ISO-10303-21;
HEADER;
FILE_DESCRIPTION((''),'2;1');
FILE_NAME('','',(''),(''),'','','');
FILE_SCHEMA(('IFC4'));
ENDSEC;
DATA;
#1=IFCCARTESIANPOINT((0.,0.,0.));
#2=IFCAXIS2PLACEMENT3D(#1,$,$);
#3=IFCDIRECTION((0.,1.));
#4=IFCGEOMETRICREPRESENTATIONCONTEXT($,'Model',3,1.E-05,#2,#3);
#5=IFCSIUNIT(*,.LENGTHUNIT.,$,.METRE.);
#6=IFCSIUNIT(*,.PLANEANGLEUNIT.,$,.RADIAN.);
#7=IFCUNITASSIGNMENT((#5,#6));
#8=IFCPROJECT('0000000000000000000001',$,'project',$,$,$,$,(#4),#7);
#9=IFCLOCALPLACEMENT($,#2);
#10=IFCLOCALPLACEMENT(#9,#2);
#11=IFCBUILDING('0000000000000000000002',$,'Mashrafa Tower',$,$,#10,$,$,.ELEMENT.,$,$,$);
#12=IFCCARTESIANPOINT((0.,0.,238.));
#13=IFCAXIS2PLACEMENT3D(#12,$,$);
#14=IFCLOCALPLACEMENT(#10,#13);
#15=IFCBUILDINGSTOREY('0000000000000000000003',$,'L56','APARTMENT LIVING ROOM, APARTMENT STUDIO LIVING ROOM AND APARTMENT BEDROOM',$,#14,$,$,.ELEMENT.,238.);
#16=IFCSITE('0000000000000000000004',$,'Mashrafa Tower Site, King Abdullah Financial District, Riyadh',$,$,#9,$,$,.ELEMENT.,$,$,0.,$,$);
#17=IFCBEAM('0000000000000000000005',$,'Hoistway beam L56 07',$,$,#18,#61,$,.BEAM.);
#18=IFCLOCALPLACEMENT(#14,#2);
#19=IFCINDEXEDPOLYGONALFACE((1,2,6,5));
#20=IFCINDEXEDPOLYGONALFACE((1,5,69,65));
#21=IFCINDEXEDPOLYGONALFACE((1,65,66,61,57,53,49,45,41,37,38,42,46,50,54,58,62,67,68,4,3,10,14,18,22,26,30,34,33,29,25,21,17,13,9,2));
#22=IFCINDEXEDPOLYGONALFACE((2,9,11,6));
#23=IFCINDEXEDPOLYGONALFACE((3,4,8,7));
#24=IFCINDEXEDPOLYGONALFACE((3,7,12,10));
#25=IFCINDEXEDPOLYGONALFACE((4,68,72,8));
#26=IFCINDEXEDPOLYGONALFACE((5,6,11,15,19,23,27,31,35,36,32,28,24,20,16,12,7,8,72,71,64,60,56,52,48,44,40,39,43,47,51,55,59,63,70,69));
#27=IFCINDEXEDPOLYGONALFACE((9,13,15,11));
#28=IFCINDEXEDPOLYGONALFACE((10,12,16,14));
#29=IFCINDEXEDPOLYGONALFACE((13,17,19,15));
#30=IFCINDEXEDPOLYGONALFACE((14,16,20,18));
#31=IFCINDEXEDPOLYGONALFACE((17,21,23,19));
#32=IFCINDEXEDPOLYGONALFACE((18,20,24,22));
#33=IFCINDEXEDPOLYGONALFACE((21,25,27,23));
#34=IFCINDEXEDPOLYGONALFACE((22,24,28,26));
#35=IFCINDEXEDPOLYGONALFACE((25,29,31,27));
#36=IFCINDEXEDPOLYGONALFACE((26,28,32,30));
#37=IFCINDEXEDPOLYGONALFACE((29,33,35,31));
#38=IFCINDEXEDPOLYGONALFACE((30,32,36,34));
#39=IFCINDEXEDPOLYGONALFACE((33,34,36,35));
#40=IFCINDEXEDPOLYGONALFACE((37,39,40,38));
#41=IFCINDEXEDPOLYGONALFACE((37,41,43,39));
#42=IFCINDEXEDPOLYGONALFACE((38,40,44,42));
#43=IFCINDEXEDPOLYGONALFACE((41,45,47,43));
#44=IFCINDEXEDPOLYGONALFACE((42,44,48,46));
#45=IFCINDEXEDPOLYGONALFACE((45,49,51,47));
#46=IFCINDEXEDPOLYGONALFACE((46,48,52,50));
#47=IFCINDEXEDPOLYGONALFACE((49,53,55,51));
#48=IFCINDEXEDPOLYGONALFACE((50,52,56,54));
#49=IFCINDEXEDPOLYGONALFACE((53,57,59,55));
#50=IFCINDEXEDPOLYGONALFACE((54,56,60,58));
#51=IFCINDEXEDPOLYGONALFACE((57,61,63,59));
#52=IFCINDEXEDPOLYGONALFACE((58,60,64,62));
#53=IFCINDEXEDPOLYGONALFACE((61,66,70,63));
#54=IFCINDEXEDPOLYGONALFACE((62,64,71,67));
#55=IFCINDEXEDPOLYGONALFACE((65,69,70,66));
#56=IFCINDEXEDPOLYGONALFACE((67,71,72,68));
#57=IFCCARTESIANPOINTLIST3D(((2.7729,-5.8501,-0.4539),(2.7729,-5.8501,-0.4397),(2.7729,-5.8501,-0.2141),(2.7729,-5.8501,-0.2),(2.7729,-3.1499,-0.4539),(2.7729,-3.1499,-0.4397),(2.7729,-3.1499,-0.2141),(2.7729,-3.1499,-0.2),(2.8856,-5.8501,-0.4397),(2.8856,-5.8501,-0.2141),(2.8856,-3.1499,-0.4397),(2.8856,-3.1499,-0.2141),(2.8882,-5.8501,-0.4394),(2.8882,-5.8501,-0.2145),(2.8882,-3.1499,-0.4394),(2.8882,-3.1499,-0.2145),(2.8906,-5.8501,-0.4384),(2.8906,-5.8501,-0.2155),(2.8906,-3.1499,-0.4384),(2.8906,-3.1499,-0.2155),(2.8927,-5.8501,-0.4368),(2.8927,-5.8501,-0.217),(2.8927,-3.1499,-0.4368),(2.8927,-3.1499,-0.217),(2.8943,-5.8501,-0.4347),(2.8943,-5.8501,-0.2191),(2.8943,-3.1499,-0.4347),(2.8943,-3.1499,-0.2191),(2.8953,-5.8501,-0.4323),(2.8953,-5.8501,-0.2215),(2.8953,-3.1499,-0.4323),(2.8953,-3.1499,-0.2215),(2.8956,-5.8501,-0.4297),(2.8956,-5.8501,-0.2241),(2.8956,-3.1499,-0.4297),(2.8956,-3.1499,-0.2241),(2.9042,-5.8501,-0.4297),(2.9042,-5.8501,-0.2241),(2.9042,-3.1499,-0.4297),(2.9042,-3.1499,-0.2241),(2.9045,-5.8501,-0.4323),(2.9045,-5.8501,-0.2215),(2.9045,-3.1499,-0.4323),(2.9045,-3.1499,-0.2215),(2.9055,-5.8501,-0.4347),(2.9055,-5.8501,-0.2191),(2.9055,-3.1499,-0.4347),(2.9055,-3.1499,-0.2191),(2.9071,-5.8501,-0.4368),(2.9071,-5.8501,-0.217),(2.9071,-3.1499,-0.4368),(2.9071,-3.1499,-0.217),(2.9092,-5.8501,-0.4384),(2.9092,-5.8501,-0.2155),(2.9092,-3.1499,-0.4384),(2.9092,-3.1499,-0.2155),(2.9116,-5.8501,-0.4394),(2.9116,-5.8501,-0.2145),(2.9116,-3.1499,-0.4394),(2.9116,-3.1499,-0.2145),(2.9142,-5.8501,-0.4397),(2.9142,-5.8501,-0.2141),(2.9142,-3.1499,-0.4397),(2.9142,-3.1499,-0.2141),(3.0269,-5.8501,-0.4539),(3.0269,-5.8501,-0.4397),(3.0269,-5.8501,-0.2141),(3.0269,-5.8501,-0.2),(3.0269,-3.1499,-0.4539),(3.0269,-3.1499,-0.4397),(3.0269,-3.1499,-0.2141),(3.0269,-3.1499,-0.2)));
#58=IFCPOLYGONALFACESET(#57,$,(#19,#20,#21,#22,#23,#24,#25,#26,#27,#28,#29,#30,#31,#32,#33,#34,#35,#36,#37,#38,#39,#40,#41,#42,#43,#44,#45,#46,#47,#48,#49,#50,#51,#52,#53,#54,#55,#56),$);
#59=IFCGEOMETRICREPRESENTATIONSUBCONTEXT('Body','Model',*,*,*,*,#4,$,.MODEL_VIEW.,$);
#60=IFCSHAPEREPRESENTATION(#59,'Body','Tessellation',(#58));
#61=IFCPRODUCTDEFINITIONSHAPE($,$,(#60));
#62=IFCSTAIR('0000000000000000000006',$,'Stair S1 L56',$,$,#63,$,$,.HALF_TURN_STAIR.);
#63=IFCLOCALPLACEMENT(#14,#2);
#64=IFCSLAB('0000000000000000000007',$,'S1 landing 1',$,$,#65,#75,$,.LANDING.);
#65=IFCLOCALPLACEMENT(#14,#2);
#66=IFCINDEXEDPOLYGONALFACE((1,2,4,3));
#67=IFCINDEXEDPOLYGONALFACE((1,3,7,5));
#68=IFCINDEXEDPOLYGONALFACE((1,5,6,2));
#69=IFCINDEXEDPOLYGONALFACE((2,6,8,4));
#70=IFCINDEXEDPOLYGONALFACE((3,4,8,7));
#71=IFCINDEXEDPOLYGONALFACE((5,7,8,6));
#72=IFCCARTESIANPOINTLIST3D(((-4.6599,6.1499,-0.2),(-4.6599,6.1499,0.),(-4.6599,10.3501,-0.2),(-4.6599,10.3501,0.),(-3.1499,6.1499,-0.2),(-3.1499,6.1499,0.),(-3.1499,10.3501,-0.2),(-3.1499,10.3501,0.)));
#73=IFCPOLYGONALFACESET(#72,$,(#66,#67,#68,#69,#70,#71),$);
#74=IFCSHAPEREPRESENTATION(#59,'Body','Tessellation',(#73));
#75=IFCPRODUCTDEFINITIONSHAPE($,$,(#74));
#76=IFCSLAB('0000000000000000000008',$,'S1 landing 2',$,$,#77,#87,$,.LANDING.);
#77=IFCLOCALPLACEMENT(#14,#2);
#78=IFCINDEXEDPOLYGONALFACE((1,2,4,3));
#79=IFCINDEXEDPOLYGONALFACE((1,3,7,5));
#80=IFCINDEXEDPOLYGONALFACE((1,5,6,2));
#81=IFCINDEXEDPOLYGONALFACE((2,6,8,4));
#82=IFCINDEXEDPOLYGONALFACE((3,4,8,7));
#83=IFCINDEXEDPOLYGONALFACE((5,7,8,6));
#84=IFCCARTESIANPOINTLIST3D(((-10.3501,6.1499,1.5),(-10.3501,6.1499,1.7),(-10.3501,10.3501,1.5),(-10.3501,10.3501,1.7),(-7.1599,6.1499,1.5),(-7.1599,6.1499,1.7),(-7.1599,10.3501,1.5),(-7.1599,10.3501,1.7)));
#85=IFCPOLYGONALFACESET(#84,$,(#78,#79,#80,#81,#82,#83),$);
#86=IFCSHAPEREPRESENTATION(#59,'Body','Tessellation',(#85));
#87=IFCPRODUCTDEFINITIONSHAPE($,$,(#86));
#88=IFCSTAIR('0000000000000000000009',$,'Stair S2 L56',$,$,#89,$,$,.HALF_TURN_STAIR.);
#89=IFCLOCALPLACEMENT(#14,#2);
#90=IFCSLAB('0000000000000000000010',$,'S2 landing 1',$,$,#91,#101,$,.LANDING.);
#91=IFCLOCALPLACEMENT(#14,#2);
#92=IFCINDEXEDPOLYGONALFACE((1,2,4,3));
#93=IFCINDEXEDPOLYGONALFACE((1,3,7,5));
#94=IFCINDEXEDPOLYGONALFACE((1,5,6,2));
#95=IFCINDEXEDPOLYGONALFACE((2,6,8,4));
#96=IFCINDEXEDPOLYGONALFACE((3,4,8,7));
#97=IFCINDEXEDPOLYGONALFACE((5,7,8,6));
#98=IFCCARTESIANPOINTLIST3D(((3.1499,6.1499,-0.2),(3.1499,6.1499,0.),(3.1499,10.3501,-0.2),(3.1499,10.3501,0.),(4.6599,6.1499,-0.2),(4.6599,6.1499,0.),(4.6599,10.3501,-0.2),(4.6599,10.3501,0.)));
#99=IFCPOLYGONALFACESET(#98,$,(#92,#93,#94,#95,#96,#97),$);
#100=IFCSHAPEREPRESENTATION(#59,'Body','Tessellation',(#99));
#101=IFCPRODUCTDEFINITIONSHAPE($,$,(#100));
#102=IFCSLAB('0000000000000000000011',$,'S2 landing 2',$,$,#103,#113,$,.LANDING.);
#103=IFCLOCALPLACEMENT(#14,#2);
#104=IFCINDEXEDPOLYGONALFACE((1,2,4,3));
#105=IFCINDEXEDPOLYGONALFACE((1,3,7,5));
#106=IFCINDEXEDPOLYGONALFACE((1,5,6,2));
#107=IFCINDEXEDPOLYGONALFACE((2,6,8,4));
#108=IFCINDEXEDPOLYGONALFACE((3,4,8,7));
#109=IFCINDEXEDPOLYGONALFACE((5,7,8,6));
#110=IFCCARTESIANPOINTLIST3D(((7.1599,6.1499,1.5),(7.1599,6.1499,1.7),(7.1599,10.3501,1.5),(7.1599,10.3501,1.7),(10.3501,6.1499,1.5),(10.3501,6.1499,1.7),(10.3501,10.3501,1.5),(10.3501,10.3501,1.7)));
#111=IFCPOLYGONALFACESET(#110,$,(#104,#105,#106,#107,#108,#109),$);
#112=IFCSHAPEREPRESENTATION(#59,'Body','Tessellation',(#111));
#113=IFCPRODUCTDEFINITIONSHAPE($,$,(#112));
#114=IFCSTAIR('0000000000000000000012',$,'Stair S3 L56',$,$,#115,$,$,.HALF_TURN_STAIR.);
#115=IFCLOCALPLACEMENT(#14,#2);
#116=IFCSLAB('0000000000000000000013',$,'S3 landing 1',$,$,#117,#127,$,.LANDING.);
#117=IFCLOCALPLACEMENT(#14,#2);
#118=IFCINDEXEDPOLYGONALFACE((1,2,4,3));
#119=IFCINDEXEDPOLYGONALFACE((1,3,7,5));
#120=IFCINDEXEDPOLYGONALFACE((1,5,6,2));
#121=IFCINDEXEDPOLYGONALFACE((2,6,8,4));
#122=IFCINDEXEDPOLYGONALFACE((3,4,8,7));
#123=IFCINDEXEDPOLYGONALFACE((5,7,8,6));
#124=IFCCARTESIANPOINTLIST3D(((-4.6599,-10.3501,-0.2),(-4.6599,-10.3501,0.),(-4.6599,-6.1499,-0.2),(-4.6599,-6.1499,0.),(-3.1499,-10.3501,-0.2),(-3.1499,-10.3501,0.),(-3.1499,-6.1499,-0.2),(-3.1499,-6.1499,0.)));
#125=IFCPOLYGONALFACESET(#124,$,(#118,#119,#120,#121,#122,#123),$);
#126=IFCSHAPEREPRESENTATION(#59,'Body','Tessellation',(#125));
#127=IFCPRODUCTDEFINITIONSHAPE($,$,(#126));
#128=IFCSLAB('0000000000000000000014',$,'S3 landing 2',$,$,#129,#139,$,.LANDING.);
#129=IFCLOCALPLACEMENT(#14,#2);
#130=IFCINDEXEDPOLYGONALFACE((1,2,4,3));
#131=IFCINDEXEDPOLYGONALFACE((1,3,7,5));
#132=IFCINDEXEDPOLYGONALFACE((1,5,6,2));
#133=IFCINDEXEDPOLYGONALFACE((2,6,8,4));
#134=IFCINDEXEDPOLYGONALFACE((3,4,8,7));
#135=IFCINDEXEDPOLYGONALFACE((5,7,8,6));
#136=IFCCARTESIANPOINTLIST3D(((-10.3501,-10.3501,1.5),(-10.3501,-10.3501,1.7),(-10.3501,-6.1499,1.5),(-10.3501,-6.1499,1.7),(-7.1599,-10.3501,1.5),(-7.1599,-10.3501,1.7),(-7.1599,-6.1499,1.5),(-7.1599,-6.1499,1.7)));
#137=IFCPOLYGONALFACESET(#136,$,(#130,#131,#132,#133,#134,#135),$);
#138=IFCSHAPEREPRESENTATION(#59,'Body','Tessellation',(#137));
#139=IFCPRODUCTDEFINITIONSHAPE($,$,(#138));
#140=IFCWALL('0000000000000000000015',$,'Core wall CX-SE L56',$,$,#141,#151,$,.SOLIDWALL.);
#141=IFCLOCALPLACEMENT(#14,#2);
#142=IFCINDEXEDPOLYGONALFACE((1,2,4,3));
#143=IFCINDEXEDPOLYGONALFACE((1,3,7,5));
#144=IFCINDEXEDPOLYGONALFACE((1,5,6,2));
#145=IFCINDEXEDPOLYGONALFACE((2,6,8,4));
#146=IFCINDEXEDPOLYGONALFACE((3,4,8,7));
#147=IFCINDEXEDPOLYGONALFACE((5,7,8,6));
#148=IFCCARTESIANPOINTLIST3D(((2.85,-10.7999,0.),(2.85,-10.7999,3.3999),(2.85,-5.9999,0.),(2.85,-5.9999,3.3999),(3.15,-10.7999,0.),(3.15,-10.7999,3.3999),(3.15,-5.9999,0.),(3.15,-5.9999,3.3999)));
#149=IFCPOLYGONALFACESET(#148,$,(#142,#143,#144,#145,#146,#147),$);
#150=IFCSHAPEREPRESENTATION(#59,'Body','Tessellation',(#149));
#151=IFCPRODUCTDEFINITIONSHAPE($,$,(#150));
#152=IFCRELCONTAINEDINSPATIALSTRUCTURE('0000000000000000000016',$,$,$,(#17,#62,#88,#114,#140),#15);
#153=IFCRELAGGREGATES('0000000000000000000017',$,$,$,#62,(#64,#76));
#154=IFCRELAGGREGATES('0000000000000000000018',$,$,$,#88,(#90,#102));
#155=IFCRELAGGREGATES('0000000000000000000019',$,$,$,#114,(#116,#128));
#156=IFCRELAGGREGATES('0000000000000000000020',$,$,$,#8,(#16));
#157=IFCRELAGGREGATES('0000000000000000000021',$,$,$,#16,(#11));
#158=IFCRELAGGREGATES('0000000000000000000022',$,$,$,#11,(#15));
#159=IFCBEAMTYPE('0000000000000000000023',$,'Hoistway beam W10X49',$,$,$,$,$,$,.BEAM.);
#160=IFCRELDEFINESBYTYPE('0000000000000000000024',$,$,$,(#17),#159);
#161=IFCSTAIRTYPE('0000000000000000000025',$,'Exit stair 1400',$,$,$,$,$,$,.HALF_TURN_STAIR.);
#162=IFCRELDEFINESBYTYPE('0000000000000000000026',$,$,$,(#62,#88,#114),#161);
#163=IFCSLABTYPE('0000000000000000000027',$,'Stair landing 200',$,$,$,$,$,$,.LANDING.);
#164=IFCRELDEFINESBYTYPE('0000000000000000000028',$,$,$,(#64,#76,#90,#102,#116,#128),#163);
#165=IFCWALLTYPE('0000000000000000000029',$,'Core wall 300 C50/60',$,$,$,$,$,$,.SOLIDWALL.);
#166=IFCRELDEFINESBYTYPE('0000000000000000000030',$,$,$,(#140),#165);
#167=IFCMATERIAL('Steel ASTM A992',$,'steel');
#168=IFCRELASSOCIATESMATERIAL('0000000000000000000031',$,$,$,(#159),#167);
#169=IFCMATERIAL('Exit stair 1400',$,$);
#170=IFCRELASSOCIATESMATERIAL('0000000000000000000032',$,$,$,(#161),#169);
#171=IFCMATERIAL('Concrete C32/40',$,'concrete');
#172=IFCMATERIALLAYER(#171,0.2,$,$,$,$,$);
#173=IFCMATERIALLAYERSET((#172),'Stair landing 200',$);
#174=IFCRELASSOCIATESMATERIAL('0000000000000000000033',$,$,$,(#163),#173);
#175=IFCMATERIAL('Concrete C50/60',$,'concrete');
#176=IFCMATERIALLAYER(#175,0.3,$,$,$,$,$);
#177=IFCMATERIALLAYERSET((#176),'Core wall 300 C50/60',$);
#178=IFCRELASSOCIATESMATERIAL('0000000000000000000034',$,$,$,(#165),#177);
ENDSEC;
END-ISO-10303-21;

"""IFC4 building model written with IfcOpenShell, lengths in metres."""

from ifc_helpers import new_model, si_unit, direction, frame, frame_2d, origin, origin_2d, place, context, subcontext, project, spatial, polyline, rectangle, i_section, outline, extrude, material, layer, layer_set, material_profile, profile_set, type_object, element, aggregate, save


model = new_model("IFC4")

# Units and contexts
model_context = context("Model", 3, precision=1e-05, world=origin(), true_north=direction((0.0, 1.0)))
body_context = subcontext(model_context, "Body", "Model", "MODEL_VIEW")
ifc_project = project(units=[si_unit("LENGTHUNIT", "METRE"), si_unit("PLANEANGLEUNIT", "RADIAN")], contexts=[model_context])

# Site, building, storey
site_placement = place(None, origin())
site = spatial("IfcSite", under=ifc_project, at=site_placement, Name="Mashrafa Tower Site, King Abdullah Financial District, Riyadh", CompositionType="ELEMENT", RefElevation=0.0)
building_placement = place(site_placement, origin())
building = spatial("IfcBuilding", under=site, at=building_placement, Name="Mashrafa Tower", CompositionType="ELEMENT")
storey_placement = place(building_placement, frame((0.0, 0.0, 238.0)))
storey = spatial("IfcBuildingStorey", under=building, at=storey_placement, Name="L56", Description="APARTMENT LIVING ROOM, APARTMENT STUDIO LIVING ROOM AND APARTMENT BEDROOM", CompositionType="ELEMENT", Elevation=238.0)

# Beam
ifc_material_1 = material(Name="Steel ASTM A992", Category="steel")
ifc_material_profile = material_profile(ifc_material_1, i_section(OverallWidth=0.2539, OverallDepth=0.2539, WebThickness=0.0085, FlangeThickness=0.0142, FilletRadius=0.01, at=origin_2d()), Name="W10X49")
ifc_profile_set = profile_set([ifc_material_profile], Name="Steel ASTM A992")
beam_type = type_object("IfcBeamType", Name="Hoistway beam W10X49", PredefinedType="BEAM", material=ifc_profile_set)
beam_placement = place(storey_placement, frame((2.8999, -5.8501, -0.3269), z_axis=(0.0, 1.0, 0.0), x_axis=(-1.0, 0.0, 0.0)))
element("IfcBeam", 1, at=beam_placement, inside=storey, type_object=beam_type, Name="Hoistway beam L56 07", PredefinedType="BEAM", context=body_context, shape_type="SweptSolid", body=[
    extrude(i_section(OverallWidth=0.2539, OverallDepth=0.2539, WebThickness=0.0085, FlangeThickness=0.0142, FilletRadius=0.01, at=origin_2d()), origin(), (0.0, 0.0, 1.0), 2.7002),
])

# Stairs, slabs
ifc_material_2 = material(Name="Exit stair 1400")
stair_type = type_object("IfcStairType", Name="Exit stair 1400", PredefinedType="HALF_TURN_STAIR", material=ifc_material_2)
stair_1_placement = place(storey_placement, origin())
stair_1 = element("IfcStair", 2, at=stair_1_placement, inside=storey, type_object=stair_type, Name="Stair S1 L56", PredefinedType="HALF_TURN_STAIR")
ifc_material_3 = material(Name="Concrete C32/40", Category="concrete")
ifc_layer_1 = layer(ifc_material_3, 0.2)
ifc_layer_set_1 = layer_set([ifc_layer_1], Name="Stair landing 200")
slab_type = type_object("IfcSlabType", Name="Stair landing 200", PredefinedType="LANDING", material=ifc_layer_set_1)
slab_1_placement = place(storey_placement, frame((0.0, 0.0, -0.2)))
slab_1 = element("IfcSlab", 3, at=slab_1_placement, type_object=slab_type, Name="S1 landing 1", PredefinedType="LANDING", context=body_context, shape_type="SweptSolid", body=[
    extrude(outline(polyline([(-4.6599, 6.1499), (-3.1499, 6.1499), (-3.1499, 10.3501), (-4.6599, 10.3501), (-4.6599, 6.1499)])), origin(), (0.0, 0.0, 1.0), 0.2),
])
slab_2_placement = place(storey_placement, frame((0.0, 0.0, 1.5)))
slab_2 = element("IfcSlab", 4, at=slab_2_placement, type_object=slab_type, Name="S1 landing 2", PredefinedType="LANDING", context=body_context, shape_type="SweptSolid", body=[
    extrude(outline(polyline([(-10.3501, 6.1499), (-7.1599, 6.1499), (-7.1599, 10.3501), (-10.3501, 10.3501), (-10.3501, 6.1499)])), origin(), (0.0, 0.0, 1.0), 0.2),
])
aggregate(stair_1, [slab_1, slab_2])
stair_2_placement = place(storey_placement, origin())
stair_2 = element("IfcStair", 5, at=stair_2_placement, inside=storey, type_object=stair_type, Name="Stair S2 L56", PredefinedType="HALF_TURN_STAIR")
slab_3_placement = place(storey_placement, frame((0.0, 0.0, -0.2)))
slab_3 = element("IfcSlab", 6, at=slab_3_placement, type_object=slab_type, Name="S2 landing 1", PredefinedType="LANDING", context=body_context, shape_type="SweptSolid", body=[
    extrude(outline(polyline([(3.1499, 6.1499), (4.6599, 6.1499), (4.6599, 10.3501), (3.1499, 10.3501), (3.1499, 6.1499)])), origin(), (0.0, 0.0, 1.0), 0.2),
])
slab_4_placement = place(storey_placement, frame((0.0, 0.0, 1.5)))
slab_4 = element("IfcSlab", 7, at=slab_4_placement, type_object=slab_type, Name="S2 landing 2", PredefinedType="LANDING", context=body_context, shape_type="SweptSolid", body=[
    extrude(outline(polyline([(7.1599, 6.1499), (10.3501, 6.1499), (10.3501, 10.3501), (7.1599, 10.3501), (7.1599, 6.1499)])), origin(), (0.0, 0.0, 1.0), 0.2),
])
aggregate(stair_2, [slab_3, slab_4])
stair_3_placement = place(storey_placement, origin())
stair_3 = element("IfcStair", 8, at=stair_3_placement, inside=storey, type_object=stair_type, Name="Stair S3 L56", PredefinedType="HALF_TURN_STAIR")
slab_5_placement = place(storey_placement, frame((0.0, 0.0, -0.2)))
slab_5 = element("IfcSlab", 9, at=slab_5_placement, type_object=slab_type, Name="S3 landing 1", PredefinedType="LANDING", context=body_context, shape_type="SweptSolid", body=[
    extrude(outline(polyline([(-4.6599, -10.3501), (-3.1499, -10.3501), (-3.1499, -6.1499), (-4.6599, -6.1499), (-4.6599, -10.3501)])), origin(), (0.0, 0.0, 1.0), 0.2),
])
slab_6_placement = place(storey_placement, frame((0.0, 0.0, 1.5)))
slab_6 = element("IfcSlab", 10, at=slab_6_placement, type_object=slab_type, Name="S3 landing 2", PredefinedType="LANDING", context=body_context, shape_type="SweptSolid", body=[
    extrude(outline(polyline([(-10.3501, -10.3501), (-7.1599, -10.3501), (-7.1599, -6.1499), (-10.3501, -6.1499), (-10.3501, -10.3501)])), origin(), (0.0, 0.0, 1.0), 0.2),
])
aggregate(stair_3, [slab_5, slab_6])

# Wall
ifc_material_4 = material(Name="Concrete C50/60", Category="concrete")
ifc_layer_2 = layer(ifc_material_4, 0.3)
ifc_layer_set_2 = layer_set([ifc_layer_2], Name="Core wall 300 C50/60")
wall_type_1 = type_object("IfcWallType", Name="Core wall 300 C50/60", PredefinedType="SOLIDWALL", material=ifc_layer_set_2)
wall_1_placement = place(storey_placement, frame((3.0, -6.0, 0.0), z_axis=(0.0, 0.0, 1.0), x_axis=(0.0, -1.0, 0.0)))
element("IfcWall", 11, at=wall_1_placement, inside=storey, type_object=wall_type_1, Name="Core wall CX-SE L56", PredefinedType="SOLIDWALL", context=body_context, shape_type="SweptSolid", body=[
    extrude(rectangle(XDim=4.8, YDim=0.3, at=frame_2d((2.3999, 0.0))), origin(), (0.0, 0.0, 1.0), 3.3999),
])

save(model, "model.ifc")
